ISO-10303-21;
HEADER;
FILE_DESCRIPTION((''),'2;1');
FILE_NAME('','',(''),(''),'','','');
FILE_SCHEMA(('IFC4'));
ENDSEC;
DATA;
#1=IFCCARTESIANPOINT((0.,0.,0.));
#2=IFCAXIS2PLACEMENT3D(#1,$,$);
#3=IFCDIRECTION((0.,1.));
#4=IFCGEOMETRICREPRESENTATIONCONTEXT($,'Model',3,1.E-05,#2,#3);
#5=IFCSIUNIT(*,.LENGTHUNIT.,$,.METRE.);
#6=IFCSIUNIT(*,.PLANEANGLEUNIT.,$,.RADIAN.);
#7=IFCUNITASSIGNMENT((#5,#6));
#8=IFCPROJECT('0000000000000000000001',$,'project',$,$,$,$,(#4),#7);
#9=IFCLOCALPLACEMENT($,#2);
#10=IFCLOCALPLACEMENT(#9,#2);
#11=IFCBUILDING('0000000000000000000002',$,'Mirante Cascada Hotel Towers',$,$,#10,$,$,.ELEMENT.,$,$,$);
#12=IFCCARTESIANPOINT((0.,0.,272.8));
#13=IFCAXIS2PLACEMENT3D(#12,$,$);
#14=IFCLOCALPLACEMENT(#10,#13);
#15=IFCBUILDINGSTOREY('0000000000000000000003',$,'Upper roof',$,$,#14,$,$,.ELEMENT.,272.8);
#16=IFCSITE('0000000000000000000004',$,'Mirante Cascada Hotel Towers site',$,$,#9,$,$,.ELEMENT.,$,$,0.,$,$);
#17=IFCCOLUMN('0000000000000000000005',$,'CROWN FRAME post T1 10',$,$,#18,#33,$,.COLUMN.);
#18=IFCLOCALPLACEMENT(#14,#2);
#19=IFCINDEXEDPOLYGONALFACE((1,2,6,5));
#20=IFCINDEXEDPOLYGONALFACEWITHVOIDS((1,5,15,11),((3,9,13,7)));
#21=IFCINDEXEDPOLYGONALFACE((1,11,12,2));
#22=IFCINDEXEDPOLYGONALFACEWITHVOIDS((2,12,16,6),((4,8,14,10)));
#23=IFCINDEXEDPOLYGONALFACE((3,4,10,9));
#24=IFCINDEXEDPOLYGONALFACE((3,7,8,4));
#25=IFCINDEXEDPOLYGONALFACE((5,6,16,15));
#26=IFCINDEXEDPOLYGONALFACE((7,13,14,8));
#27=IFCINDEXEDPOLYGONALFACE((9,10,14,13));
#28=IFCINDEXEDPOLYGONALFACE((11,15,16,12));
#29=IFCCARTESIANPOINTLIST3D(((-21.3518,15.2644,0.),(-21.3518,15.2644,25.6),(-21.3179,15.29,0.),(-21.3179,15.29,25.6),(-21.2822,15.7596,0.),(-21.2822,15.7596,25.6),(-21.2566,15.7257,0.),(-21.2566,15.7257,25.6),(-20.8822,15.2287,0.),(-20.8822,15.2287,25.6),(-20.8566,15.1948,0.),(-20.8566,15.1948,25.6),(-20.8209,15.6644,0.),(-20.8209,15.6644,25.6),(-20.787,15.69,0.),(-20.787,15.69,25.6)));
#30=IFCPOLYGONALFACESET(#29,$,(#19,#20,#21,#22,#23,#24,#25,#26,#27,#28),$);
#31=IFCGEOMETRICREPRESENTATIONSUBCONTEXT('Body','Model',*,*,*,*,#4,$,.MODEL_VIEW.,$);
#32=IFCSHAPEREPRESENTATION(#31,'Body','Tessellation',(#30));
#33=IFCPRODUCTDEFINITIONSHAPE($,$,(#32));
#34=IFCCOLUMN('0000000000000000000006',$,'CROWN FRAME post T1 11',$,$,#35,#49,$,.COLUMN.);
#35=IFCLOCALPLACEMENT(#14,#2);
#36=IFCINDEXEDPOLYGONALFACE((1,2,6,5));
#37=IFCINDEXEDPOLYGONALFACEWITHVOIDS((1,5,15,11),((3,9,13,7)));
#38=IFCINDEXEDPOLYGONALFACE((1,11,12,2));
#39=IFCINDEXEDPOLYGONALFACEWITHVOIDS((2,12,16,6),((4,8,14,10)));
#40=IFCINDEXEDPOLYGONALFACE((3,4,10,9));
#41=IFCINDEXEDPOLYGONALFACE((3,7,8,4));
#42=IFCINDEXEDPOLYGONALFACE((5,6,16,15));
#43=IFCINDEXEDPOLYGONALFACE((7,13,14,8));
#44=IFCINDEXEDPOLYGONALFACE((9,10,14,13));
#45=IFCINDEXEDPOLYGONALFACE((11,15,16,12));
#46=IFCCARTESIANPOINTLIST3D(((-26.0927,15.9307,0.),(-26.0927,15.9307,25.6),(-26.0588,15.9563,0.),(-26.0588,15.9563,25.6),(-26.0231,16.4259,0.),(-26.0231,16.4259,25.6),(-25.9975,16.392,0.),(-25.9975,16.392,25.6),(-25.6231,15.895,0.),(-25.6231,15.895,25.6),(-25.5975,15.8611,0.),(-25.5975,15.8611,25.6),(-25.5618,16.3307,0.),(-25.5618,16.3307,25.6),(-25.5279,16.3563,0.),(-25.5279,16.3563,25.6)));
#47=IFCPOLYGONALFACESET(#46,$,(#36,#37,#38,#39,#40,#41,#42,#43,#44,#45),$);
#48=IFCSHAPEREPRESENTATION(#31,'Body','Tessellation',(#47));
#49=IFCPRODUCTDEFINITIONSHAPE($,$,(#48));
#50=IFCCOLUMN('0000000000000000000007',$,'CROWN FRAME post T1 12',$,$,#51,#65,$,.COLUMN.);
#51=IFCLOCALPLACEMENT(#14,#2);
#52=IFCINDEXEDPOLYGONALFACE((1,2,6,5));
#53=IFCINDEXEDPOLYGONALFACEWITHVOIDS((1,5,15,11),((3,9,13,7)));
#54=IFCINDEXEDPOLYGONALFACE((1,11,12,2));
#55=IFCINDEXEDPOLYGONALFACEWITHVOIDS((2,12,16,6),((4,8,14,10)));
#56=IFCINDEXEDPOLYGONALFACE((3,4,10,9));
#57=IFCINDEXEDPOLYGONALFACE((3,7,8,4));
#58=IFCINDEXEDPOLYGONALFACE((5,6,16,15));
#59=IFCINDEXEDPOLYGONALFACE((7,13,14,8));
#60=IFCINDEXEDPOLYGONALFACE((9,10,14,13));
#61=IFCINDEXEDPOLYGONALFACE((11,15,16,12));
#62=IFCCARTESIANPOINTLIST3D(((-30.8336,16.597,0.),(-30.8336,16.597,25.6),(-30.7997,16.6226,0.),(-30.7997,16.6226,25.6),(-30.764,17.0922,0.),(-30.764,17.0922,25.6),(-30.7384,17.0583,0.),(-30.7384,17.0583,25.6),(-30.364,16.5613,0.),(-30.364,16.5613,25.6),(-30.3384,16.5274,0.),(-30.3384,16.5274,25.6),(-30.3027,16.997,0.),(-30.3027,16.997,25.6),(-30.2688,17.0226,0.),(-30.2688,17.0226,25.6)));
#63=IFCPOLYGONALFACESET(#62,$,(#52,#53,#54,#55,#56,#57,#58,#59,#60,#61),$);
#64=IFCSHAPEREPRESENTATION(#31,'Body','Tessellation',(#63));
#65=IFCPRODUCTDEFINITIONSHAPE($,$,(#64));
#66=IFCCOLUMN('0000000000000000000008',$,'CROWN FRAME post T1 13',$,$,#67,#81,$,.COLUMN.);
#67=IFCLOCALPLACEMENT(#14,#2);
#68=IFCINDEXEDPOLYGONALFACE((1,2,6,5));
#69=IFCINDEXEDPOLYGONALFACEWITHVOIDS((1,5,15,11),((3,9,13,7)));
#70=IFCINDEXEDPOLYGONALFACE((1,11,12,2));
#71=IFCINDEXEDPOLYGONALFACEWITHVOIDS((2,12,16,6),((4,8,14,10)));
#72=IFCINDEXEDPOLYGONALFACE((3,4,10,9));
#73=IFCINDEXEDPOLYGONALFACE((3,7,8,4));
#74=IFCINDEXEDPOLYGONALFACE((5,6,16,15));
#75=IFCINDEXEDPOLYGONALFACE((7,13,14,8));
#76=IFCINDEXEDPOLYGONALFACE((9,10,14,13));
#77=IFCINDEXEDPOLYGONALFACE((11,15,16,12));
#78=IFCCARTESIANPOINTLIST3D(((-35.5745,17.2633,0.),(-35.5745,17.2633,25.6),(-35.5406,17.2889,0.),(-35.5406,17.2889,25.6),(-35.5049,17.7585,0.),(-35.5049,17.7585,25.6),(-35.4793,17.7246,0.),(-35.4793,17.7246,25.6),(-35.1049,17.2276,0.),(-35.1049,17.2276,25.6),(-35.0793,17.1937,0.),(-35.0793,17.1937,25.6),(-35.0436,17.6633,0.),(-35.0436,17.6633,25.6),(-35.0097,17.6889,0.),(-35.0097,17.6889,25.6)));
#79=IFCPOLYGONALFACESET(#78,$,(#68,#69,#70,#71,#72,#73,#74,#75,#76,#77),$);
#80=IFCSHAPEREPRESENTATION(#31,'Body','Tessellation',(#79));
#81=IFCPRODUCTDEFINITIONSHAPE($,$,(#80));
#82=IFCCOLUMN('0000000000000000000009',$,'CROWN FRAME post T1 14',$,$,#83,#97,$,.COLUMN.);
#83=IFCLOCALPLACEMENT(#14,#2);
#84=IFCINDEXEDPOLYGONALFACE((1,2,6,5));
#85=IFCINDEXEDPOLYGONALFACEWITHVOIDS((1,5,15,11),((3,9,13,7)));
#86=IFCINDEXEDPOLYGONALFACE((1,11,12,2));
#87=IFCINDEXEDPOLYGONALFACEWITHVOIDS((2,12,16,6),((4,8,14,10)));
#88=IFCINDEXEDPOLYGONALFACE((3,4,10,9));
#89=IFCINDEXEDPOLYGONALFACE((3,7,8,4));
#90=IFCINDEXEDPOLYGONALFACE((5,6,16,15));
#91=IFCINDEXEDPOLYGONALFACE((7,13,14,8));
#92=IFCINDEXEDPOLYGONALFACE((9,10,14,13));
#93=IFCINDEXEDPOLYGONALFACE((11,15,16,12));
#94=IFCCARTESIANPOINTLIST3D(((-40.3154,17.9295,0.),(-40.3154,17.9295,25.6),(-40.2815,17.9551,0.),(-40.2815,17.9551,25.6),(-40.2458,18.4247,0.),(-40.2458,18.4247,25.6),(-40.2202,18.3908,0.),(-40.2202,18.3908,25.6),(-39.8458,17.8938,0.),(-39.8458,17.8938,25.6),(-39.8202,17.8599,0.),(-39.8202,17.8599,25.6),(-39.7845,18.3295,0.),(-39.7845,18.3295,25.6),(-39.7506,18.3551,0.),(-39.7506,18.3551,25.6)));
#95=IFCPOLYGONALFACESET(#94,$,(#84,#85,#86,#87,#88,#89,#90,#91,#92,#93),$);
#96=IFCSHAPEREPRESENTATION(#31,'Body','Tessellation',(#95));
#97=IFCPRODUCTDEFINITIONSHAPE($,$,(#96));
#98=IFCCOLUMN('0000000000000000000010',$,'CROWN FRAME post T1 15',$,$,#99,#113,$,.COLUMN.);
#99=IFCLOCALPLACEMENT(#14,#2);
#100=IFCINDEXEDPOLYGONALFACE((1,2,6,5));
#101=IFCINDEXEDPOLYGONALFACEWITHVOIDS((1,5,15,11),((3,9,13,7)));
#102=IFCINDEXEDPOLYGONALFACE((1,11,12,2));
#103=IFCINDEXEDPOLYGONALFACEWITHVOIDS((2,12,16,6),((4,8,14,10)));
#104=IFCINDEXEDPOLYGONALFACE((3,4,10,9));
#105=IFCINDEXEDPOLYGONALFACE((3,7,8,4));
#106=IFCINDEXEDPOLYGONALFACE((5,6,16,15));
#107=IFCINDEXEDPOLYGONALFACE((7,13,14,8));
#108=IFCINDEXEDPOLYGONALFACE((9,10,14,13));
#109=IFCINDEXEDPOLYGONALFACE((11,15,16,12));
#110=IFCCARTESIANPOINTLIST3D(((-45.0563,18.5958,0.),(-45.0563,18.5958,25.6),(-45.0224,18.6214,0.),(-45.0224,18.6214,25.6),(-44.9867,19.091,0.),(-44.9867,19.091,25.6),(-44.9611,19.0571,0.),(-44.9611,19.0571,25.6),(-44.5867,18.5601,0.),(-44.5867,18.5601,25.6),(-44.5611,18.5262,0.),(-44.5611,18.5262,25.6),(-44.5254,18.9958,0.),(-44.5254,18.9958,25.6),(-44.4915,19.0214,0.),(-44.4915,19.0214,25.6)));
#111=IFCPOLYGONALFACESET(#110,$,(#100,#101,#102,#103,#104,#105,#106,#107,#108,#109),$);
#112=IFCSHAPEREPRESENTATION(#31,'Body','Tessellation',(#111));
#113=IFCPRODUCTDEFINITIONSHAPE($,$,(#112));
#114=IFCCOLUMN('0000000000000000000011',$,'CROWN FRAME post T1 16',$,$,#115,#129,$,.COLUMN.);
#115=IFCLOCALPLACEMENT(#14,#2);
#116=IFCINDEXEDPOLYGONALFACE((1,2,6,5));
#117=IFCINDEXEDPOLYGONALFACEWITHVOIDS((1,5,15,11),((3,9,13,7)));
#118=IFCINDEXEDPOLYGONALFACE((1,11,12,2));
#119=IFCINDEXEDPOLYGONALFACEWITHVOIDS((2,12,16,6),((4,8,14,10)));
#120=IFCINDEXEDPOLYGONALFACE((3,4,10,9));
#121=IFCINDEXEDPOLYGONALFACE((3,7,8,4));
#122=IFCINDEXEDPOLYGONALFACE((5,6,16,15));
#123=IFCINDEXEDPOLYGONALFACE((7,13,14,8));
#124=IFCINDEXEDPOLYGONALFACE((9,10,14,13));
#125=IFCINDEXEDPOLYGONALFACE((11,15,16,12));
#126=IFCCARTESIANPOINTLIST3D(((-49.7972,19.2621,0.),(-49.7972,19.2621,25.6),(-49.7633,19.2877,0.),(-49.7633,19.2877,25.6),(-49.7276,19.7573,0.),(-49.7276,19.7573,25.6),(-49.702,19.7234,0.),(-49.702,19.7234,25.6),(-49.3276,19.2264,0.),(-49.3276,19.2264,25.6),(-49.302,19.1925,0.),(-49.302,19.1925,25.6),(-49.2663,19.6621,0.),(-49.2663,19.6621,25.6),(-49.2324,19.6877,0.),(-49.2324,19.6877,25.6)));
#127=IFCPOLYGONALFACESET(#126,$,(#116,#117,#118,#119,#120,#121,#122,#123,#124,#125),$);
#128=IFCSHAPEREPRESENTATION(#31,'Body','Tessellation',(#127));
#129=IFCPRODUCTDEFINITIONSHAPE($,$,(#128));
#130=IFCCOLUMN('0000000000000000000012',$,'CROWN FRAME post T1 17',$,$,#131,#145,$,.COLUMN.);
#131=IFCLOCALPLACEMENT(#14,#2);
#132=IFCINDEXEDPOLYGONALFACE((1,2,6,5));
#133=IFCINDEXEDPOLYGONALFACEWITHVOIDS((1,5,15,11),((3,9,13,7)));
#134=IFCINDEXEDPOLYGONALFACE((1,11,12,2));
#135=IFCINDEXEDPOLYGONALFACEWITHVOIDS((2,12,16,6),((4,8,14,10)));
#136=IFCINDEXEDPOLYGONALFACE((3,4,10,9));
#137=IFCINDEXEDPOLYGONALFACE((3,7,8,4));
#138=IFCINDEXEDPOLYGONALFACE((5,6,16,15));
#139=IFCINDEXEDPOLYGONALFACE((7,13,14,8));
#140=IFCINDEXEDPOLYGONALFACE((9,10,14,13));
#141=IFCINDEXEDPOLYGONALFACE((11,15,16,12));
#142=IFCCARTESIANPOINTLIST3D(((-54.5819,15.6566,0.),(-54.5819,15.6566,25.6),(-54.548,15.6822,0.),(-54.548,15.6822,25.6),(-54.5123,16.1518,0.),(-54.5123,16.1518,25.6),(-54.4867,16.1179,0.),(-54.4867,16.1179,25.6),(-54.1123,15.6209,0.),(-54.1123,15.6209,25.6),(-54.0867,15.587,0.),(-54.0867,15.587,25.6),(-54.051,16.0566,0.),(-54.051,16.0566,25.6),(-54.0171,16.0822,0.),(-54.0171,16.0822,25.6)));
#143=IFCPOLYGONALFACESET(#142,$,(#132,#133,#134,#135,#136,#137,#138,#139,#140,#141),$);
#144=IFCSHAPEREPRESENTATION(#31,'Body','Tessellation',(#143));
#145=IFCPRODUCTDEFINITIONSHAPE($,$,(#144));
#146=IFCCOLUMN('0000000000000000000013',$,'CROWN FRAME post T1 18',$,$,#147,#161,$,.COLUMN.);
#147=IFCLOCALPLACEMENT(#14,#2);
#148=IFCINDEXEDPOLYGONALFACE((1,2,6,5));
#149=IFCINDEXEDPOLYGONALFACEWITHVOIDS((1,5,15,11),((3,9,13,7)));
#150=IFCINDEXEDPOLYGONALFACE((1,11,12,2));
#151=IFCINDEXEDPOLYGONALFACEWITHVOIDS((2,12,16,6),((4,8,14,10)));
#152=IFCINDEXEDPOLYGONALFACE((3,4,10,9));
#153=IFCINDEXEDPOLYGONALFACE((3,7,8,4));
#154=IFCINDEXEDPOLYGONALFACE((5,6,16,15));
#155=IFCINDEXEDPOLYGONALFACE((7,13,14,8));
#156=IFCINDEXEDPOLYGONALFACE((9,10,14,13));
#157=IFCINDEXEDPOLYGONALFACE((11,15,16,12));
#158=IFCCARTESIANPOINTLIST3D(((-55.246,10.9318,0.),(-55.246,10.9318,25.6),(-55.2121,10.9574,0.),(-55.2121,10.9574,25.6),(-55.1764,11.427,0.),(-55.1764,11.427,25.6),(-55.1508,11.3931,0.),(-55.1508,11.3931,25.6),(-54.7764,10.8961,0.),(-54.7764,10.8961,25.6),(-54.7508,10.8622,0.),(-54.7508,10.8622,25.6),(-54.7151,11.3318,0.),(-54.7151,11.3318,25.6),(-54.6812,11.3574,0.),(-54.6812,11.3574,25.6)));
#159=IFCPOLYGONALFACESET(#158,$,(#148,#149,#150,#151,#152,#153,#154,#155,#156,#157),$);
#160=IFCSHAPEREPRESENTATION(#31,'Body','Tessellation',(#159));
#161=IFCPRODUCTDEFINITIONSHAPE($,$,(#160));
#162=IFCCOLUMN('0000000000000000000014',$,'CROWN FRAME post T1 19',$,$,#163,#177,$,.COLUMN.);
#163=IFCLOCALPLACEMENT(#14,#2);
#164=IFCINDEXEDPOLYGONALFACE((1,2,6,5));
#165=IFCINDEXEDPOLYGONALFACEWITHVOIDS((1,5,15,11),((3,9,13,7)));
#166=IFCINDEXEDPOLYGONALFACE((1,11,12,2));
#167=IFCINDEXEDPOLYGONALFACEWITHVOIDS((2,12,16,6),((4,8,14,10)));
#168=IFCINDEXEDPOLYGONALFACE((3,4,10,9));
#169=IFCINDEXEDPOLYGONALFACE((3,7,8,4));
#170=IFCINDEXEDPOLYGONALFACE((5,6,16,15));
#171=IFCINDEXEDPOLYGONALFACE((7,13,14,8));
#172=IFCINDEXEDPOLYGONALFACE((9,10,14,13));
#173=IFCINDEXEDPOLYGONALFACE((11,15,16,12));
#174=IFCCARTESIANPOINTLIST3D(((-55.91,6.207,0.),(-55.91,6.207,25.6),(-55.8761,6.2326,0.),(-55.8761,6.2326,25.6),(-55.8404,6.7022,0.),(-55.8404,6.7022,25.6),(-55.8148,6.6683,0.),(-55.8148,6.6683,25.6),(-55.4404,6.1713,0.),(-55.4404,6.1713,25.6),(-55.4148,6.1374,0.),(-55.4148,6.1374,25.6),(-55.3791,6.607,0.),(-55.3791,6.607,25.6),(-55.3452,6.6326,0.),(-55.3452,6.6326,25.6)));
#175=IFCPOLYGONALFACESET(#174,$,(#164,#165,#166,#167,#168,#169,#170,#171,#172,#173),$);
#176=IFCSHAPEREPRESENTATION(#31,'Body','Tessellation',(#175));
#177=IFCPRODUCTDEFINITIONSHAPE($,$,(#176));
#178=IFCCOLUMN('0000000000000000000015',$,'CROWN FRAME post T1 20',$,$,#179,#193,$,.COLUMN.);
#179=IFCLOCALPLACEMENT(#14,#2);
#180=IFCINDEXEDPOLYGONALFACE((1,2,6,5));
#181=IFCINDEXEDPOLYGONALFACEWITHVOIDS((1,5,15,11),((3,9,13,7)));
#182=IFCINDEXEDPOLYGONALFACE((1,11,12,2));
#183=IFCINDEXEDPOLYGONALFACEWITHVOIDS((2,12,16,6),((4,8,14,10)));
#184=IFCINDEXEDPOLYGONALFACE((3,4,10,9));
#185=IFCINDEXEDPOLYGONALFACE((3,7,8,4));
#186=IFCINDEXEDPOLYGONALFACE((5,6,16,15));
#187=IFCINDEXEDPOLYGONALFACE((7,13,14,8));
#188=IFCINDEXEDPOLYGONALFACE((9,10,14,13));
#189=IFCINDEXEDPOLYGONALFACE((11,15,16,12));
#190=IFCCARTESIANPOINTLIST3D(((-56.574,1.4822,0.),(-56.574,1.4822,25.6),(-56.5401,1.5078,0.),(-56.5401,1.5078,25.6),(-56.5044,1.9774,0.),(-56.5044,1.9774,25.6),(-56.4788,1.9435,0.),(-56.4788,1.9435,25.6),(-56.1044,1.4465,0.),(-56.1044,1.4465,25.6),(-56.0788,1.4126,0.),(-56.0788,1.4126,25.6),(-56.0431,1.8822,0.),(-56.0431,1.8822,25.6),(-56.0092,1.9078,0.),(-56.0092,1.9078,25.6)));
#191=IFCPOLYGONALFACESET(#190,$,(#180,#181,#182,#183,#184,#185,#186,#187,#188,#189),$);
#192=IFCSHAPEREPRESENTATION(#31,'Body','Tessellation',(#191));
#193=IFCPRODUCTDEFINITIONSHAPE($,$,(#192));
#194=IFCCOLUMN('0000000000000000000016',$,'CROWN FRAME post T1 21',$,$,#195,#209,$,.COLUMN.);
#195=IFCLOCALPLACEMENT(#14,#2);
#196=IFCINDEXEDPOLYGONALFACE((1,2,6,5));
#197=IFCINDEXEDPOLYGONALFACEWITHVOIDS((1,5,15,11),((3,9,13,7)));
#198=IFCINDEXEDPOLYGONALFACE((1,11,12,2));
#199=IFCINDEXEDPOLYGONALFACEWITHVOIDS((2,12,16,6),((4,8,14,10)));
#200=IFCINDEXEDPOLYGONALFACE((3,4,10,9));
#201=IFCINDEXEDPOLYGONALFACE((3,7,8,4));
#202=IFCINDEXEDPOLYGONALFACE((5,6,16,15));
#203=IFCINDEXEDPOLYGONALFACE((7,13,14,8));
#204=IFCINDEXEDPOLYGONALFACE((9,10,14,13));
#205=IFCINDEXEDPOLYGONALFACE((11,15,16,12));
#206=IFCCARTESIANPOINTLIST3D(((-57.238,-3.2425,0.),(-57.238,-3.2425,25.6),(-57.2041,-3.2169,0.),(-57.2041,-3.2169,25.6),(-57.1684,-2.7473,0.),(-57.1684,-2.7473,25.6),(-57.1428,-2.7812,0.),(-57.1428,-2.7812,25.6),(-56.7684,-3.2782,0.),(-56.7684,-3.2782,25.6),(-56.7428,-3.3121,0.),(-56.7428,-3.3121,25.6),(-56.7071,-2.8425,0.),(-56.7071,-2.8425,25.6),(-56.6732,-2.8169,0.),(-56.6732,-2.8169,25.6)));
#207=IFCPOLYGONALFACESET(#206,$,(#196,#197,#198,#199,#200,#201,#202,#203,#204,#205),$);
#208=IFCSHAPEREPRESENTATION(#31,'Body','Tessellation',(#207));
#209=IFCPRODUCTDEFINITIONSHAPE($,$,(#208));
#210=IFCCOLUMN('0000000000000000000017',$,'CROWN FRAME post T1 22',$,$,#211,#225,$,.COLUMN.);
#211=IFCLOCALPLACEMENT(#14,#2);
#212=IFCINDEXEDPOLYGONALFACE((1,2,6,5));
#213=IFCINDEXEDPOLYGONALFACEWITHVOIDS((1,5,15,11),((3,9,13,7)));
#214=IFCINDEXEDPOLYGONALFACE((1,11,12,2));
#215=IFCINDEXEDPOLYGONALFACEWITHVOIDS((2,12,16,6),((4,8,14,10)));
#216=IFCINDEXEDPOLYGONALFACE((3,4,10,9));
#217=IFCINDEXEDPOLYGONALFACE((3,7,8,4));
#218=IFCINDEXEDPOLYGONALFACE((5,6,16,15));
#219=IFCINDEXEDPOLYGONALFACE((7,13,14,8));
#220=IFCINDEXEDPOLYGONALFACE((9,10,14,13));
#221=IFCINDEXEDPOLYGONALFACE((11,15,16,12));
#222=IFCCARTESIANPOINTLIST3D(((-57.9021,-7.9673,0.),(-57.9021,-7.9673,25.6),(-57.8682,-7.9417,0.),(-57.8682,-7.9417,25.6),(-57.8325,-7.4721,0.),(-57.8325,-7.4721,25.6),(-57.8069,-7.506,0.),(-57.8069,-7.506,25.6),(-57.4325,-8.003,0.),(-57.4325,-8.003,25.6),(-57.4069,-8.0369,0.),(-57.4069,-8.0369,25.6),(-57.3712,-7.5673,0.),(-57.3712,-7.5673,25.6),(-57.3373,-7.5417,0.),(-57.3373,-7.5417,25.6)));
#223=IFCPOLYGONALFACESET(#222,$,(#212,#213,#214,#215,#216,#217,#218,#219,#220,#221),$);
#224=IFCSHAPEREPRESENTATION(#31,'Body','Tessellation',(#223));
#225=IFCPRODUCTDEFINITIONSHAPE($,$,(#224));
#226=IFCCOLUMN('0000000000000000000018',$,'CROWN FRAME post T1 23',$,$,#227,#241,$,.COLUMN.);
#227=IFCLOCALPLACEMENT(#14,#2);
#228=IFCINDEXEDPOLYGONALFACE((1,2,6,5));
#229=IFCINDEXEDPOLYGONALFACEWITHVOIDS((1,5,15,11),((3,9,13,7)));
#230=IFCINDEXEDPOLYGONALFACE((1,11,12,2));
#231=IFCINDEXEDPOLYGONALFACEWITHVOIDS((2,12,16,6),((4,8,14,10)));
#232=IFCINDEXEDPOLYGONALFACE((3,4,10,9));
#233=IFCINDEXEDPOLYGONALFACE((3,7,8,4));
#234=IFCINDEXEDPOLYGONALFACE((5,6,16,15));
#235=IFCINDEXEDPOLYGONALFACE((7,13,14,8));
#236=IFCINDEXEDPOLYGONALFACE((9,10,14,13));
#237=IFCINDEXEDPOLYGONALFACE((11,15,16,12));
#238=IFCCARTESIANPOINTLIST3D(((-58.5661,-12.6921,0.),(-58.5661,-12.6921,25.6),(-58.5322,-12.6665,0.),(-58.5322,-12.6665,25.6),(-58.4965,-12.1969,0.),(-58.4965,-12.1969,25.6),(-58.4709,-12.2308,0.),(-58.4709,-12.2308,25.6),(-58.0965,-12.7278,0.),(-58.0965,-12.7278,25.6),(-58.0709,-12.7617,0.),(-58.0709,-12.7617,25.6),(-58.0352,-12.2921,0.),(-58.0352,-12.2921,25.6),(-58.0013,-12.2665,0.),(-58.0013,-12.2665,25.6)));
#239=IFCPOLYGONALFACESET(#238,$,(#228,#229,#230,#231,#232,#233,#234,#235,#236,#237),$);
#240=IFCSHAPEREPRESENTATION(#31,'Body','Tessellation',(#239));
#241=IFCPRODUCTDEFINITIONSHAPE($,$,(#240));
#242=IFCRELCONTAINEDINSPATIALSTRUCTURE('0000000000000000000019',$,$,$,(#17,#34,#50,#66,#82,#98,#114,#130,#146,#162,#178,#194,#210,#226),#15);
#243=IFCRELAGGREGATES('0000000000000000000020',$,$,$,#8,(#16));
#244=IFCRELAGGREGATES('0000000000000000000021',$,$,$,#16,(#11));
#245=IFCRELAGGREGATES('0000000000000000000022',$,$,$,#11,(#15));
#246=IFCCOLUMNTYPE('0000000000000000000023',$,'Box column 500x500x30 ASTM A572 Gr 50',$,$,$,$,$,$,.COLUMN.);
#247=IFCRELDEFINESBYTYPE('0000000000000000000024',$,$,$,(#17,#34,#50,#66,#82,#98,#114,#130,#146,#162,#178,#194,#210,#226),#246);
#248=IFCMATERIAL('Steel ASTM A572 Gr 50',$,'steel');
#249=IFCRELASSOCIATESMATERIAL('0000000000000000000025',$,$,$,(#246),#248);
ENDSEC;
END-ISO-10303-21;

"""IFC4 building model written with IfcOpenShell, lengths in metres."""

from ifc_helpers import new_model, si_unit, direction, frame, origin, origin_2d, place, context, subcontext, project, spatial, hollow_rectangle, extrude, material, material_profile, profile_set, type_object, element, save


model = new_model("IFC4")

# Units and contexts
model_context = context("Model", 3, precision=1e-05, world=origin(), true_north=direction((0.0, 1.0)))
body_context = subcontext(model_context, "Body", "Model", "MODEL_VIEW")
ifc_project = project(units=[si_unit("LENGTHUNIT", "METRE"), si_unit("PLANEANGLEUNIT", "RADIAN")], contexts=[model_context])

# Site, building, storey
site_placement = place(None, origin())
site = spatial("IfcSite", under=ifc_project, at=site_placement, Name="Mirante Cascada Hotel Towers site", CompositionType="ELEMENT", RefElevation=0.0)
building_placement = place(site_placement, origin())
building = spatial("IfcBuilding", under=site, at=building_placement, Name="Mirante Cascada Hotel Towers", CompositionType="ELEMENT")
storey_placement = place(building_placement, frame((0.0, 0.0, 272.8)))
storey = spatial("IfcBuildingStorey", under=building, at=storey_placement, Name="Upper roof", CompositionType="ELEMENT", Elevation=272.8)

# Columns
ifc_material_1 = material(Name="Steel ASTM A572 Gr 50", Category="steel")
ifc_material_profile_1 = material_profile(ifc_material_1, hollow_rectangle(XDim=0.5, YDim=0.5, WallThickness=0.03, at=origin_2d()), Name="Box column 500x500x30 ASTM A572 Gr 50")
ifc_profile_set_1 = profile_set([ifc_material_profile_1], Name="Steel ASTM A572 Gr 50")
column_type_1 = type_object("IfcColumnType", Name="Box column 500x500x30 ASTM A572 Gr 50", PredefinedType="COLUMN", material=ifc_profile_set_1)
for number, where, z_axis, x_axis, name in (
    (1, (-21.0694, 15.4772, 0.0), (0.0, 0.0, 1.0), (-0.990268, 0.139173, 0.0), "CROWN FRAME post T1 10"),
    (2, (-25.8103, 16.1435, 0.0), (0.0, 0.0, 1.0), (-0.990268, 0.139173, 0.0), "CROWN FRAME post T1 11"),
    (3, (-30.5512, 16.8098, 0.0), (0.0, 0.0, 1.0), (-0.990268, 0.139173, 0.0), "CROWN FRAME post T1 12"),
    (4, (-35.2921, 17.4761, 0.0), (0.0, 0.0, 1.0), (-0.990268, 0.139173, 0.0), "CROWN FRAME post T1 13"),
    (5, (-40.033, 18.1423, 0.0), (0.0, 0.0, 1.0), (-0.990268, 0.139173, 0.0), "CROWN FRAME post T1 14"),
    (6, (-44.7739, 18.8086, 0.0), (0.0, 0.0, 1.0), (-0.990268, 0.139173, 0.0), "CROWN FRAME post T1 15"),
    (7, (-49.5148, 19.4749, 0.0), (0.0, 0.0, 1.0), (-0.990268, 0.139173, 0.0), "CROWN FRAME post T1 16"),
    (8, (-54.2995, 15.8694, 0.0), (0.0, 0.0, 1.0), (-0.990268, 0.139173, 0.0), "CROWN FRAME post T1 17"),
    (9, (-54.9636, 11.1446, 0.0), (0.0, 0.0, 1.0), (-0.990268, 0.139173, 0.0), "CROWN FRAME post T1 18"),
    (10, (-55.6276, 6.4198, 0.0), (0.0, 0.0, 1.0), (-0.990268, 0.139173, 0.0), "CROWN FRAME post T1 19"),
    (11, (-56.2916, 1.695, 0.0), (0.0, 0.0, 1.0), (-0.990268, 0.139173, 0.0), "CROWN FRAME post T1 20"),
    (12, (-56.9556, -3.0297, 0.0), (0.0, 0.0, 1.0), (-0.990268, 0.139173, 0.0), "CROWN FRAME post T1 21"),
    (13, (-57.6197, -7.7545, 0.0), (0.0, 0.0, 1.0), (-0.990268, 0.139173, 0.0), "CROWN FRAME post T1 22"),
    (14, (-58.2837, -12.4793, 0.0), (0.0, 0.0, 1.0), (-0.990268, 0.139173, 0.0), "CROWN FRAME post T1 23"),
):
    element("IfcColumn", number, at=place(storey_placement, frame(where, z_axis=z_axis, x_axis=x_axis)), inside=storey, type_object=column_type_1, Name=name, PredefinedType="COLUMN", context=body_context, shape_type="SweptSolid", body=[
        extrude(hollow_rectangle(XDim=0.5, YDim=0.5, WallThickness=0.03, at=origin_2d()), origin(), (0.0, 0.0, 1.0), 25.6),
    ])

save(model, "model.ifc")
